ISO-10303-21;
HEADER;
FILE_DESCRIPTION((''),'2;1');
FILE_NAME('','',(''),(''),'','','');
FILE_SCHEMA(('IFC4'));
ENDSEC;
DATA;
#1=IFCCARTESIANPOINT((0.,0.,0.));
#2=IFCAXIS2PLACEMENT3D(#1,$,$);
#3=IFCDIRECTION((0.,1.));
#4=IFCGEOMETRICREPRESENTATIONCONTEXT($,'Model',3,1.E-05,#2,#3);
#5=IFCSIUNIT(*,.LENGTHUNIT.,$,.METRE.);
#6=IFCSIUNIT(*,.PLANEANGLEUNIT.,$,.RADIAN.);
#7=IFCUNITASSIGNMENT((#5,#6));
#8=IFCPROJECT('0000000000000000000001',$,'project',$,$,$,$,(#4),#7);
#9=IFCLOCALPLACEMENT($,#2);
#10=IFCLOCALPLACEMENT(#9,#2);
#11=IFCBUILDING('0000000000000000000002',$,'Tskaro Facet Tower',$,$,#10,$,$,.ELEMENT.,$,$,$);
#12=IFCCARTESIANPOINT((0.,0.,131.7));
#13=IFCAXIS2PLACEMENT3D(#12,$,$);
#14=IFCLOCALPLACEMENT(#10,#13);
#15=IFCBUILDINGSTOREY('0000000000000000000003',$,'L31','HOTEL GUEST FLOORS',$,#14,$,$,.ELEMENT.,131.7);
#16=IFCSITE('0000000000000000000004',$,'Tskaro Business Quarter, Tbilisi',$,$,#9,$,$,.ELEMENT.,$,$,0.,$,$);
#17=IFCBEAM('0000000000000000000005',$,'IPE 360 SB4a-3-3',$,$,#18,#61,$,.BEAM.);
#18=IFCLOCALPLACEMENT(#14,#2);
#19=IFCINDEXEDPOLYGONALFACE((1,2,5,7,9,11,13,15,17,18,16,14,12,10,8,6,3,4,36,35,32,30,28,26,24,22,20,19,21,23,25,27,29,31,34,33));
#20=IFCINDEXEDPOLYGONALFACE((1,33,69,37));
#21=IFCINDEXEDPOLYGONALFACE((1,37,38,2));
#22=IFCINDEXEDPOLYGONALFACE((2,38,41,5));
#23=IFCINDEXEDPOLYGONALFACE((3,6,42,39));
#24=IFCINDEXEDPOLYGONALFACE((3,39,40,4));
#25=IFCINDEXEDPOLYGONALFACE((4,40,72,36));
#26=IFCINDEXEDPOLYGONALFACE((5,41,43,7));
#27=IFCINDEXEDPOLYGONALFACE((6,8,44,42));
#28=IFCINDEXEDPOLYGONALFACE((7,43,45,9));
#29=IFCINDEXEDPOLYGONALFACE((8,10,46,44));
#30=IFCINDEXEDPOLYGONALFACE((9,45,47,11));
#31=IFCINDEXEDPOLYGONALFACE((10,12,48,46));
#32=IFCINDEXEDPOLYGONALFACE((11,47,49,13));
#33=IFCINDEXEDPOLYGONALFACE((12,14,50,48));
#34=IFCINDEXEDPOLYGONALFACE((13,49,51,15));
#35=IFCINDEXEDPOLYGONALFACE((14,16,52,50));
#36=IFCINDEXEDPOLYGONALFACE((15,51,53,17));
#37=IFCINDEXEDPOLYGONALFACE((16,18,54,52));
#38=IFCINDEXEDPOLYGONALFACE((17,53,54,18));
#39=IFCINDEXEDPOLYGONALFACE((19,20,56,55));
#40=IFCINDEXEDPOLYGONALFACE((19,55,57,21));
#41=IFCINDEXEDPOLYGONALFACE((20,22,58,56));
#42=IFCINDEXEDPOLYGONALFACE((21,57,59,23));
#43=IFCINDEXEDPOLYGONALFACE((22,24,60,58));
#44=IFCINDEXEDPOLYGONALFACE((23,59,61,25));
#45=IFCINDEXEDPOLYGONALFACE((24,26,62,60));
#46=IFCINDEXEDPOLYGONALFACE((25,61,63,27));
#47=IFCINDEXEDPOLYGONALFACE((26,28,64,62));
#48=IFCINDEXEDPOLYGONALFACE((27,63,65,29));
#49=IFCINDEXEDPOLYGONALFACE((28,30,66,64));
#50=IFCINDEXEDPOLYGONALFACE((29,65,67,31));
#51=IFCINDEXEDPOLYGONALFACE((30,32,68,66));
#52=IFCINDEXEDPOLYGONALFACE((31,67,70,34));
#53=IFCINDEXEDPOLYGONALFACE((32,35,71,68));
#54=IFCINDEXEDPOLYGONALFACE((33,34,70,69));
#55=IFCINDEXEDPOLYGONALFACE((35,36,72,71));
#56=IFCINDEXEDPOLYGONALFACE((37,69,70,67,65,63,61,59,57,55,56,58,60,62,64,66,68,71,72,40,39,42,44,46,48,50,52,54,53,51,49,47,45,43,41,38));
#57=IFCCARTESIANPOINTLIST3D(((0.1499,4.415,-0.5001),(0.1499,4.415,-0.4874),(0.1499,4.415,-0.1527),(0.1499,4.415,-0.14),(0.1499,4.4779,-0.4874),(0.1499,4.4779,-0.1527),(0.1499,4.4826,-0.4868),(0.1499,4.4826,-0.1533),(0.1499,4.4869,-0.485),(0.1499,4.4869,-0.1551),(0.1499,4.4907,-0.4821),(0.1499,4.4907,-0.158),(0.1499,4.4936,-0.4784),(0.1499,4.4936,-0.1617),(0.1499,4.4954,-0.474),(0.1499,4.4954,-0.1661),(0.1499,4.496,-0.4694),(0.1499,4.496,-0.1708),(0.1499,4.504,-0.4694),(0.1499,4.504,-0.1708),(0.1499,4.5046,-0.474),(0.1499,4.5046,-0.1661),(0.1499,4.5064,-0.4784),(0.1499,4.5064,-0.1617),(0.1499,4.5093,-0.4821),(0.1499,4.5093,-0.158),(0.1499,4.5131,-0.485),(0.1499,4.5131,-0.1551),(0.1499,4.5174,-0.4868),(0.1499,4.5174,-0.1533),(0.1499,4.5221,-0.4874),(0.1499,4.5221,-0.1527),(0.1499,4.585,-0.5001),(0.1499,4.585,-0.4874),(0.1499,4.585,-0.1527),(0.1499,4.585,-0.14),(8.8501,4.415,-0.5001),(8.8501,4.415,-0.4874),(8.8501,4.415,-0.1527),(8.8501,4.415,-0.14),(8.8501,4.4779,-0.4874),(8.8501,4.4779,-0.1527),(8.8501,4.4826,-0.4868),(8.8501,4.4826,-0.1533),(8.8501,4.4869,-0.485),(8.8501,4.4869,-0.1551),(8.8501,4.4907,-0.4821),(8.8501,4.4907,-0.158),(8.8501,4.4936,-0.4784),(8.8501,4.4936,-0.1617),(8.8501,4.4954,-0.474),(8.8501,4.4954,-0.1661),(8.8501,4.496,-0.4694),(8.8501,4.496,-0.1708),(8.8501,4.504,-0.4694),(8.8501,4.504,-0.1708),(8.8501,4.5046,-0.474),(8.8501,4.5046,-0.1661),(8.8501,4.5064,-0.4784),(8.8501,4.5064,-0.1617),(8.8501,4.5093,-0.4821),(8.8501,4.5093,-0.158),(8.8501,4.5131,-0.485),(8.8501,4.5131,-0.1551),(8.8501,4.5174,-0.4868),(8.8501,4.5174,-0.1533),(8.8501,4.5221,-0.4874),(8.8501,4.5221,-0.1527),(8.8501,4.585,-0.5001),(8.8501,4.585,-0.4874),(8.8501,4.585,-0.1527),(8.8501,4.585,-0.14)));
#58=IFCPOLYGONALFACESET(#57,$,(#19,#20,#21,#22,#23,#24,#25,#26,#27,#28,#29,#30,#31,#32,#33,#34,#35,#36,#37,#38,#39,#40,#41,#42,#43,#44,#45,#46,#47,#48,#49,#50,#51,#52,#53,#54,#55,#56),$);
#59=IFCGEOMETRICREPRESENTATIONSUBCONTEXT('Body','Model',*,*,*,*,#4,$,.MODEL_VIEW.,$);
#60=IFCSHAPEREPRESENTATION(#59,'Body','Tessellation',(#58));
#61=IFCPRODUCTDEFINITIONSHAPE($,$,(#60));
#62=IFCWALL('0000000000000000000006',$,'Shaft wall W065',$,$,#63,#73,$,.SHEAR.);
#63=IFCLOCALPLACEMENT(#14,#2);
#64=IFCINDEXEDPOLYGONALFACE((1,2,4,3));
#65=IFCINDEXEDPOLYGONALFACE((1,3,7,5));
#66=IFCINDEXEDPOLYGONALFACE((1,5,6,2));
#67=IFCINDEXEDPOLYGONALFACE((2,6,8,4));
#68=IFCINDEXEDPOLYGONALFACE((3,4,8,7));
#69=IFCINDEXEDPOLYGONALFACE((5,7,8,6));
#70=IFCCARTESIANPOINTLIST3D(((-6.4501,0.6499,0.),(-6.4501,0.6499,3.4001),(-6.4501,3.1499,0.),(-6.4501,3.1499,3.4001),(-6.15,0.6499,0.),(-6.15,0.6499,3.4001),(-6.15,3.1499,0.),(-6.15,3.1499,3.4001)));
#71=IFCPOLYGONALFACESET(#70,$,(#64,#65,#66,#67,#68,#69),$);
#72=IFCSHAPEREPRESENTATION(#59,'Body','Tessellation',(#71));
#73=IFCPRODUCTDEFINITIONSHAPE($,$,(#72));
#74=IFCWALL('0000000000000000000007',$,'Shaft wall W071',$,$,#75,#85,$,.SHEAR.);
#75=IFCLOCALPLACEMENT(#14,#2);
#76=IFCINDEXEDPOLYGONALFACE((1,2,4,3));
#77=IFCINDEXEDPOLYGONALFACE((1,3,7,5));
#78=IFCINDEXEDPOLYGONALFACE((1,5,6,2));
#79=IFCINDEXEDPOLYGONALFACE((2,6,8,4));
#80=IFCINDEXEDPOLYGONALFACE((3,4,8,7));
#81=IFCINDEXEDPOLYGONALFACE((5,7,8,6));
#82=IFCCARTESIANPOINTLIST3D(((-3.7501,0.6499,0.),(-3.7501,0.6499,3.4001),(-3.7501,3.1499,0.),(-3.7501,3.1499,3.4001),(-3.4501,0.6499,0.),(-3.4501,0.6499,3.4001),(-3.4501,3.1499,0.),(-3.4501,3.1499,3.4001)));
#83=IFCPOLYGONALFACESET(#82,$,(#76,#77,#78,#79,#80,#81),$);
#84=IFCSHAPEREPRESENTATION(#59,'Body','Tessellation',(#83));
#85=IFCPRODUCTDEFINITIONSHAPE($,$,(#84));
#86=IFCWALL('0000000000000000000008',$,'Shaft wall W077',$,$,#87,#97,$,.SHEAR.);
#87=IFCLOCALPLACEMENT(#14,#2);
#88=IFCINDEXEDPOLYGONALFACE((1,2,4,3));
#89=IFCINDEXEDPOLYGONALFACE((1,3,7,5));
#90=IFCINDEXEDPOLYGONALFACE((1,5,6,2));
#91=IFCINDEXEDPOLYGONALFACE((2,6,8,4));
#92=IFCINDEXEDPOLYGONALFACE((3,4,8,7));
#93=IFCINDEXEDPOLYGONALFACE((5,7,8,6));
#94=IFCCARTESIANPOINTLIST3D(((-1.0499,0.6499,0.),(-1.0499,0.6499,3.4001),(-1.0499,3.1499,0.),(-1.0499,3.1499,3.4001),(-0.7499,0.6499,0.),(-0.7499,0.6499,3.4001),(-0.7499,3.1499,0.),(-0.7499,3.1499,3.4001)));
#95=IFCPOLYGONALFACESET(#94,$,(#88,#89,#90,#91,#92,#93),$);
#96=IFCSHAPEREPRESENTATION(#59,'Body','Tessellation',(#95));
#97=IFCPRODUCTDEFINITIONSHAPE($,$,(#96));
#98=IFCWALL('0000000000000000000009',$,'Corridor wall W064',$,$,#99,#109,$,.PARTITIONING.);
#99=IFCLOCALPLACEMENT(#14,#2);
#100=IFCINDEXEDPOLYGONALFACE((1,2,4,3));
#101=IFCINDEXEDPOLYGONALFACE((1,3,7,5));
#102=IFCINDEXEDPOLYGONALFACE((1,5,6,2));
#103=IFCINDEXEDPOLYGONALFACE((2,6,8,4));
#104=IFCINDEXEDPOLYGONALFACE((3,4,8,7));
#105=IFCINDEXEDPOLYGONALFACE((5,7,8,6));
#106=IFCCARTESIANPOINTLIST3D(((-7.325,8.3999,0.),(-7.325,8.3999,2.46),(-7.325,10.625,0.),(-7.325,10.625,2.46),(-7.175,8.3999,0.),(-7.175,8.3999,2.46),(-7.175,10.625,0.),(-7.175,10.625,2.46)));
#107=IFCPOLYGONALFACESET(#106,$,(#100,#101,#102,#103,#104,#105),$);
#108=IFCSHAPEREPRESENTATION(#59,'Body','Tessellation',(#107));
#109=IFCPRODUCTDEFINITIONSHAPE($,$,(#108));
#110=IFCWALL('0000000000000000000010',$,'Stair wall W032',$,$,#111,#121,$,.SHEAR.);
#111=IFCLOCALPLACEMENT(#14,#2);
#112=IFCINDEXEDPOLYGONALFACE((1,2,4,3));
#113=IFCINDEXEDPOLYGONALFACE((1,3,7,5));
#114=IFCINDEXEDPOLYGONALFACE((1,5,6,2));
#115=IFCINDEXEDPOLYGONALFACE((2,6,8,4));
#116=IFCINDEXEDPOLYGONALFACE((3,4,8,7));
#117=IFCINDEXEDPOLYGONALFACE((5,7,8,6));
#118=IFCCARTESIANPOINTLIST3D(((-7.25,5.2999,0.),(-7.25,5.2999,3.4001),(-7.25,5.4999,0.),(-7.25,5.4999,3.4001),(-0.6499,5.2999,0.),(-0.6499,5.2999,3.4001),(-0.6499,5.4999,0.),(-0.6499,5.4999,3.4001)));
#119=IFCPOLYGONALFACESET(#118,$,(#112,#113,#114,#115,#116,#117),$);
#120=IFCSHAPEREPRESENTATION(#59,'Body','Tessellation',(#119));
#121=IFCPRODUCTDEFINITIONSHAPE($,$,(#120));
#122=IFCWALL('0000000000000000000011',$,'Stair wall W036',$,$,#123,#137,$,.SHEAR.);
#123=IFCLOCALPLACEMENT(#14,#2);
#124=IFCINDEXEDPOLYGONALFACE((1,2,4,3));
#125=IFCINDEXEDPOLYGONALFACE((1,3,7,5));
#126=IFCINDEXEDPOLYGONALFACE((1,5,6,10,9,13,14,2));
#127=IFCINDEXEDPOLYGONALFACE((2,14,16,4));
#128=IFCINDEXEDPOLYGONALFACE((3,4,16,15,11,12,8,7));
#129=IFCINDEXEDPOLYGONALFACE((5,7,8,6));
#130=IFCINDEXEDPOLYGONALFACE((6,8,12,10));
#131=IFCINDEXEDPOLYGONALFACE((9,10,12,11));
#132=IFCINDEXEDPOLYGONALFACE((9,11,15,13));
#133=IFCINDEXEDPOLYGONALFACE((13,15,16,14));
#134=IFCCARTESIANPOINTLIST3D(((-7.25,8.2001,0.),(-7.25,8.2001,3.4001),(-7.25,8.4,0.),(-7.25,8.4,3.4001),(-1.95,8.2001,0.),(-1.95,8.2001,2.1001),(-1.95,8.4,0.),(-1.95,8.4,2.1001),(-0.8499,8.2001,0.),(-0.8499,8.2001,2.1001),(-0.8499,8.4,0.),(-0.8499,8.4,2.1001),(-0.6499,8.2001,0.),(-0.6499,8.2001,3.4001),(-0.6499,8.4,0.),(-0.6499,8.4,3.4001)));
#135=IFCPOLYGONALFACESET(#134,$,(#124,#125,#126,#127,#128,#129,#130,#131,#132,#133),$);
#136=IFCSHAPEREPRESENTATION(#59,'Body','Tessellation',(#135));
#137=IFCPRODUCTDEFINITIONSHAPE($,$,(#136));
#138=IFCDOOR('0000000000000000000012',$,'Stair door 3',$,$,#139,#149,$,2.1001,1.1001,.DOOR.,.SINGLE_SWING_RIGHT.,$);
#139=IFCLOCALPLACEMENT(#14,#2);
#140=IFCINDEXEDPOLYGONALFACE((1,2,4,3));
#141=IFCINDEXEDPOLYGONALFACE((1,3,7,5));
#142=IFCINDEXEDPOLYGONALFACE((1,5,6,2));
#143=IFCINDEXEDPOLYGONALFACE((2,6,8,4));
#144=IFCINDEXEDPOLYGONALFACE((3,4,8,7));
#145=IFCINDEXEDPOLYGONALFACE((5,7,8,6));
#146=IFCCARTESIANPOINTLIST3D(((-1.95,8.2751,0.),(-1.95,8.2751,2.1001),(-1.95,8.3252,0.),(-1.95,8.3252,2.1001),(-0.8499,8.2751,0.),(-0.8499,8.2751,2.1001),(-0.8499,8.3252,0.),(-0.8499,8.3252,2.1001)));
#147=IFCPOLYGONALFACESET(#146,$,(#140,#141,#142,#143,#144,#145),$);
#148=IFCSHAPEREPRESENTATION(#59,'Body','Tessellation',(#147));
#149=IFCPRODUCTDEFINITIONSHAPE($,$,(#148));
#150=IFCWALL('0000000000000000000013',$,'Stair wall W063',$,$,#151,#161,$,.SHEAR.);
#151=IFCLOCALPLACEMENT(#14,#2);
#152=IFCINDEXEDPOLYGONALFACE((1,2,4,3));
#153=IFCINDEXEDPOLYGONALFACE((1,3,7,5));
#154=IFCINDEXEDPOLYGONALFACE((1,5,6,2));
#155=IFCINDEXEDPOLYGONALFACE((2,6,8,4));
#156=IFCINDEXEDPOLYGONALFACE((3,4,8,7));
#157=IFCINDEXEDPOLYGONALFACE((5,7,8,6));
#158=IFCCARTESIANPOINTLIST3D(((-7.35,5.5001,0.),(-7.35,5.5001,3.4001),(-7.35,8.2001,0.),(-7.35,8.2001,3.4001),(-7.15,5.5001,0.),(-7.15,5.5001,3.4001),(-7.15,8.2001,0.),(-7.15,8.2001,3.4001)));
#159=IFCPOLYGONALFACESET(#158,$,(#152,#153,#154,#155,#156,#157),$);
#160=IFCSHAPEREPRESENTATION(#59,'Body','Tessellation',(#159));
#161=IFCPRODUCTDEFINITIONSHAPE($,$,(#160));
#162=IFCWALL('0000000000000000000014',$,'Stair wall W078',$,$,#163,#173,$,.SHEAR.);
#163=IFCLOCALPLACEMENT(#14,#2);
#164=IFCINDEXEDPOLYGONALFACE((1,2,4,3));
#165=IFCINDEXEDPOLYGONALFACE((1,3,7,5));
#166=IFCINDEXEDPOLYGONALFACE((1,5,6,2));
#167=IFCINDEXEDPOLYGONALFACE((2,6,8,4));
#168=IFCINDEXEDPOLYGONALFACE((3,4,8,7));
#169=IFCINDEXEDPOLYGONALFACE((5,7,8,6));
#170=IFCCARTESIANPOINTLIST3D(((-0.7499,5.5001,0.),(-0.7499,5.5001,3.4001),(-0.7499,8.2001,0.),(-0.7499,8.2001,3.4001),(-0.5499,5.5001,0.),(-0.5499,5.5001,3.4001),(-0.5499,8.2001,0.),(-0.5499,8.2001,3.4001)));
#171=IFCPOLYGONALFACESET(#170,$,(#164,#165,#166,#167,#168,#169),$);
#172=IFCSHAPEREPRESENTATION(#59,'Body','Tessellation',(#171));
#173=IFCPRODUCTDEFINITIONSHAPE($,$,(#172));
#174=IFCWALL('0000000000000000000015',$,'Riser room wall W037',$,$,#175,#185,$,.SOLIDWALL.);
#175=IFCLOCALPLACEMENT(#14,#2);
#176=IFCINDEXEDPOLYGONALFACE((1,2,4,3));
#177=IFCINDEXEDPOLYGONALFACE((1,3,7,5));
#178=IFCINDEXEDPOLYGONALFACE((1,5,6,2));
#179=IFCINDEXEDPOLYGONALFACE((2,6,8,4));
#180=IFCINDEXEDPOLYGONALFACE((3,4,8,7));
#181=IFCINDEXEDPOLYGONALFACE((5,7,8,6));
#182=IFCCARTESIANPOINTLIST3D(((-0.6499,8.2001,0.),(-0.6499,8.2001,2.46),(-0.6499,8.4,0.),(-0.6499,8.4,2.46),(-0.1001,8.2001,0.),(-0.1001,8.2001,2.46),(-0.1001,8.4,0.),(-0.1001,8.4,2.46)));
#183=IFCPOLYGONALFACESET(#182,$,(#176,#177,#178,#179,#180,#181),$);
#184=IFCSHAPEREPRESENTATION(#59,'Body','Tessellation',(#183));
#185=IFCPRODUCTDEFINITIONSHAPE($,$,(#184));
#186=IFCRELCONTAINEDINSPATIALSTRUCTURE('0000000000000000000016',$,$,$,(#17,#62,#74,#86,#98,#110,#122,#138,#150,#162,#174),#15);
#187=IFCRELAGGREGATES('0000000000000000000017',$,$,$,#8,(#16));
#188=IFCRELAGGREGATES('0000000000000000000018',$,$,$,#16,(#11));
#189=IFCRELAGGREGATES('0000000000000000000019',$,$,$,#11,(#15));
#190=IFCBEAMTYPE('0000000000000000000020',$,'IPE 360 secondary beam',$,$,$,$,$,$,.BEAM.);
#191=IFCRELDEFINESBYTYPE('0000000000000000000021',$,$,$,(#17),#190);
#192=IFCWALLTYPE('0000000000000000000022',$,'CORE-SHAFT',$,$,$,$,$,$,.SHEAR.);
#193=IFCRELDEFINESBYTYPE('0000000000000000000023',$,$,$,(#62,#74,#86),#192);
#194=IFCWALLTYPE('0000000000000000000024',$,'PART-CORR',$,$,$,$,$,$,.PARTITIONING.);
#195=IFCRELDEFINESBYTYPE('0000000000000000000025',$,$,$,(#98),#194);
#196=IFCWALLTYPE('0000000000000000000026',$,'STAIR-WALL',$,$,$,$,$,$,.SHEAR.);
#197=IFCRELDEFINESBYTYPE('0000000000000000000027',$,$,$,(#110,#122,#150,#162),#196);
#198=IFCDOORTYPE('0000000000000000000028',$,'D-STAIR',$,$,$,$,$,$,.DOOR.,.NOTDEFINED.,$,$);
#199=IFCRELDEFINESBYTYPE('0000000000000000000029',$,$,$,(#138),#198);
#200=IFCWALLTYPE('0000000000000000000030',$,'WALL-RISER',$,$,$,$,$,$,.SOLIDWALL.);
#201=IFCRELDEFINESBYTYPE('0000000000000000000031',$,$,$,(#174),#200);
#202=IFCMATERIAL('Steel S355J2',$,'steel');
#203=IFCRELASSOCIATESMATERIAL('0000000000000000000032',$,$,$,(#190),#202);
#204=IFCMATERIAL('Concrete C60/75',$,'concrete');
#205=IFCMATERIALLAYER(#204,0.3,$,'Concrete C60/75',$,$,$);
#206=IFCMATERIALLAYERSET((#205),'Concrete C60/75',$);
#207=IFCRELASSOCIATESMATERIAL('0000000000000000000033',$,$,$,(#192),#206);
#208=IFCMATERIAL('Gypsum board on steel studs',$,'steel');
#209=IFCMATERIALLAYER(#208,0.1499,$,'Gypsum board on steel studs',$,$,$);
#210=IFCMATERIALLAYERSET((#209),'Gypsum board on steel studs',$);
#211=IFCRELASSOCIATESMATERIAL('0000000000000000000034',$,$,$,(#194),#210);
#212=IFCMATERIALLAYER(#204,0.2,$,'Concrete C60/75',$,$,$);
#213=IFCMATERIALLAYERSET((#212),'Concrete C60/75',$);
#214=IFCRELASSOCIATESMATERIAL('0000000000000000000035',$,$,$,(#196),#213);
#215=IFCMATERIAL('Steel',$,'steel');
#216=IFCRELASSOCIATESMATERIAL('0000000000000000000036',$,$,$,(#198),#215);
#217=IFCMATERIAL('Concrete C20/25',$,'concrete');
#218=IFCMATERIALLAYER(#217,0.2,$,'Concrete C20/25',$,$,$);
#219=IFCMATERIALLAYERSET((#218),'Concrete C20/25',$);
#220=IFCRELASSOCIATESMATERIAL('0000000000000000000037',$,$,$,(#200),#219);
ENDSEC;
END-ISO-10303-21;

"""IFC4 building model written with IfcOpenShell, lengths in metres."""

from ifc_helpers import new_model, si_unit, direction, frame, frame_2d, origin, origin_2d, place, context, subcontext, project, spatial, rectangle, i_section, extrude, material, layer, layer_set, material_profile, profile_set, type_object, element, fill, save


model = new_model("IFC4")

# Units and contexts
model_context = context("Model", 3, precision=1e-05, world=origin(), true_north=direction((0.0, 1.0)))
body_context = subcontext(model_context, "Body", "Model", "MODEL_VIEW")
ifc_project = project(units=[si_unit("LENGTHUNIT", "METRE"), si_unit("PLANEANGLEUNIT", "RADIAN")], contexts=[model_context])

# Site, building, storey
site_placement = place(None, origin())
site = spatial("IfcSite", under=ifc_project, at=site_placement, Name="Tskaro Business Quarter, Tbilisi", CompositionType="ELEMENT", RefElevation=0.0)
building_placement = place(site_placement, origin())
building = spatial("IfcBuilding", under=site, at=building_placement, Name="Tskaro Facet Tower", CompositionType="ELEMENT")
storey_placement = place(building_placement, frame((0.0, 0.0, 131.7)))
storey = spatial("IfcBuildingStorey", under=building, at=storey_placement, Name="L31", Description="HOTEL GUEST FLOORS", CompositionType="ELEMENT", Elevation=131.7)

# Beam
ifc_material_1 = material(Name="Steel S355J2", Category="steel")
ifc_material_profile_1 = material_profile(ifc_material_1, i_section(OverallWidth=0.1699, OverallDepth=0.3601, WebThickness=0.0081, FlangeThickness=0.0127, FilletRadius=0.0181, at=origin_2d()), Name="IPE 360")
ifc_profile_set_1 = profile_set([ifc_material_profile_1], Name="Steel S355J2")
beam_type_1 = type_object("IfcBeamType", Name="IPE 360 secondary beam", PredefinedType="BEAM", material=ifc_profile_set_1)
beam_1_placement = place(storey_placement, frame((0.1499, 4.5, -0.3201), z_axis=(1.0, 0.0, 0.0), x_axis=(0.0, 1.0, 0.0)))
element("IfcBeam", 1, at=beam_1_placement, inside=storey, type_object=beam_type_1, Name="IPE 360 SB4a-3-3", PredefinedType="BEAM", context=body_context, shape_type="SweptSolid", body=[
    extrude(i_section(OverallWidth=0.1699, OverallDepth=0.3601, WebThickness=0.0081, FlangeThickness=0.0127, FilletRadius=0.0181, at=origin_2d()), origin(), (0.0, 0.0, 1.0), 8.7002),
])

# Walls
ifc_material_2 = material(Name="Concrete C60/75", Category="concrete")
ifc_layer_1 = layer(ifc_material_2, 0.3, Name="Concrete C60/75")
ifc_layer_set_1 = layer_set([ifc_layer_1], Name="Concrete C60/75")
wall_type_1 = type_object("IfcWallType", Name="CORE-SHAFT", PredefinedType="SHEAR", material=ifc_layer_set_1)
for number, where, z_axis, x_axis, name in (
    (2, (-6.3, 0.6499, 0.0), (0.0, 0.0, 1.0), (0.0, 1.0, 0.0), "Shaft wall W065"),
    (3, (-3.6001, 0.6499, 0.0), (0.0, 0.0, 1.0), (0.0, 1.0, 0.0), "Shaft wall W071"),
    (4, (-0.8999, 0.6499, 0.0), (0.0, 0.0, 1.0), (0.0, 1.0, 0.0), "Shaft wall W077"),
):
    element("IfcWall", number, at=place(storey_placement, frame(where, z_axis=z_axis, x_axis=x_axis)), inside=storey, type_object=wall_type_1, Name=name, PredefinedType="SHEAR", context=body_context, shape_type="SweptSolid", body=[
        extrude(rectangle(XDim=2.5, YDim=0.3, at=frame_2d((1.25, 0.0))), origin(), (0.0, 0.0, 1.0), 3.4001),
    ])
ifc_material_3 = material(Name="Gypsum board on steel studs", Category="steel")
ifc_layer_2 = layer(ifc_material_3, 0.1499, Name="Gypsum board on steel studs")
ifc_layer_set_2 = layer_set([ifc_layer_2], Name="Gypsum board on steel studs")
wall_type_2 = type_object("IfcWallType", Name="PART-CORR", PredefinedType="PARTITIONING", material=ifc_layer_set_2)
wall_1_placement = place(storey_placement, frame((-7.25, 8.3999, 0.0), z_axis=(0.0, 0.0, 1.0), x_axis=(0.0, 1.0, 0.0)))
element("IfcWall", 5, at=wall_1_placement, inside=storey, type_object=wall_type_2, Name="Corridor wall W064", PredefinedType="PARTITIONING", context=body_context, shape_type="SweptSolid", body=[
    extrude(rectangle(XDim=2.2251, YDim=0.1499, at=frame_2d((1.1125, 0.0))), origin(), (0.0, 0.0, 1.0), 2.46),
])
ifc_layer_3 = layer(ifc_material_2, 0.2, Name="Concrete C60/75")
ifc_layer_set_3 = layer_set([ifc_layer_3], Name="Concrete C60/75")
wall_type_3 = type_object("IfcWallType", Name="STAIR-WALL", PredefinedType="SHEAR", material=ifc_layer_set_3)
wall_2_placement = place(storey_placement, frame((-7.25, 5.3999, 0.0), z_axis=(0.0, 0.0, 1.0), x_axis=(1.0, 0.0, 0.0)))
element("IfcWall", 6, at=wall_2_placement, inside=storey, type_object=wall_type_3, Name="Stair wall W032", PredefinedType="SHEAR", context=body_context, shape_type="SweptSolid", body=[
    extrude(rectangle(XDim=6.6001, YDim=0.2, at=frame_2d((3.3, 0.0))), origin(), (0.0, 0.0, 1.0), 3.4001),
])

# Wall, opening, door
wall_3_placement = place(storey_placement, frame((-0.6499, 8.3, 0.0), z_axis=(0.0, 0.0, 1.0), x_axis=(-1.0, 0.0, 0.0)))
wall_3 = element("IfcWall", 7, at=wall_3_placement, inside=storey, type_object=wall_type_3, Name="Stair wall W036", PredefinedType="SHEAR", context=body_context, shape_type="SweptSolid", body=[
    extrude(rectangle(XDim=6.6001, YDim=0.2, at=frame_2d((3.3, 0.0))), origin(), (0.0, 0.0, 1.0), 3.4001),
])
opening_1_placement = place(wall_3_placement, frame((0.2, 0.0, 0.0)))
opening_1 = element("IfcOpeningElement", 8, at=opening_1_placement, cuts=wall_3, PredefinedType="OPENING", context=body_context, shape_type="SweptSolid", body=[
    extrude(rectangle(XDim=1.1001, YDim=2.1001, at=frame_2d((0.55, 1.05))), frame((0.0, 0.1099, 0.0), z_axis=(0.0, -1.0, 0.0), x_axis=(1.0, 0.0, 0.0)), (0.0, 0.0, 1.0), 0.22),
])
ifc_material_4 = material(Name="Steel", Category="steel")
door_type_1 = type_object("IfcDoorType", Name="D-STAIR", OperationType="NOTDEFINED", PredefinedType="DOOR", material=ifc_material_4)
door_1_placement = place(opening_1_placement, origin())
door_1 = element("IfcDoor", 9, at=door_1_placement, inside=storey, type_object=door_type_1, Name="Stair door 3", OperationType="SINGLE_SWING_RIGHT", OverallHeight=2.1001, OverallWidth=1.1001, PredefinedType="DOOR", context=body_context, shape_type="SweptSolid", body=[
    extrude(rectangle(XDim=1.1001, YDim=2.1001, at=frame_2d((0.55, 1.05))), frame((0.0, 0.0249, 0.0), z_axis=(0.0, -1.0, 0.0), x_axis=(1.0, 0.0, 0.0)), (0.0, 0.0, 1.0), 0.05),
])
fill(opening_1, door_1)

# Walls
for number, where, z_axis, x_axis, name in (
    (10, (-7.25, 5.5, 0.0), (0.0, 0.0, 1.0), (0.0, 1.0, 0.0), "Stair wall W063"),
    (11, (-0.6499, 5.5, 0.0), (0.0, 0.0, 1.0), (0.0, 1.0, 0.0), "Stair wall W078"),
):
    element("IfcWall", number, at=place(storey_placement, frame(where, z_axis=z_axis, x_axis=x_axis)), inside=storey, type_object=wall_type_3, Name=name, PredefinedType="SHEAR", context=body_context, shape_type="SweptSolid", body=[
        extrude(rectangle(XDim=2.7, YDim=0.2, at=frame_2d((1.3501, 0.0))), origin(), (0.0, 0.0, 1.0), 3.4001),
    ])
ifc_material_5 = material(Name="Concrete C20/25", Category="concrete")
ifc_layer_4 = layer(ifc_material_5, 0.2, Name="Concrete C20/25")
ifc_layer_set_4 = layer_set([ifc_layer_4], Name="Concrete C20/25")
wall_type_4 = type_object("IfcWallType", Name="WALL-RISER", PredefinedType="SOLIDWALL", material=ifc_layer_set_4)
wall_4_placement = place(storey_placement, frame((-0.6499, 8.3, 0.0), z_axis=(0.0, 0.0, 1.0), x_axis=(1.0, 0.0, 0.0)))
element("IfcWall", 12, at=wall_4_placement, inside=storey, type_object=wall_type_4, Name="Riser room wall W037", PredefinedType="SOLIDWALL", context=body_context, shape_type="SweptSolid", body=[
    extrude(rectangle(XDim=0.5498, YDim=0.2, at=frame_2d((0.2749, 0.0))), origin(), (0.0, 0.0, 1.0), 2.46),
])

save(model, "model.ifc")
